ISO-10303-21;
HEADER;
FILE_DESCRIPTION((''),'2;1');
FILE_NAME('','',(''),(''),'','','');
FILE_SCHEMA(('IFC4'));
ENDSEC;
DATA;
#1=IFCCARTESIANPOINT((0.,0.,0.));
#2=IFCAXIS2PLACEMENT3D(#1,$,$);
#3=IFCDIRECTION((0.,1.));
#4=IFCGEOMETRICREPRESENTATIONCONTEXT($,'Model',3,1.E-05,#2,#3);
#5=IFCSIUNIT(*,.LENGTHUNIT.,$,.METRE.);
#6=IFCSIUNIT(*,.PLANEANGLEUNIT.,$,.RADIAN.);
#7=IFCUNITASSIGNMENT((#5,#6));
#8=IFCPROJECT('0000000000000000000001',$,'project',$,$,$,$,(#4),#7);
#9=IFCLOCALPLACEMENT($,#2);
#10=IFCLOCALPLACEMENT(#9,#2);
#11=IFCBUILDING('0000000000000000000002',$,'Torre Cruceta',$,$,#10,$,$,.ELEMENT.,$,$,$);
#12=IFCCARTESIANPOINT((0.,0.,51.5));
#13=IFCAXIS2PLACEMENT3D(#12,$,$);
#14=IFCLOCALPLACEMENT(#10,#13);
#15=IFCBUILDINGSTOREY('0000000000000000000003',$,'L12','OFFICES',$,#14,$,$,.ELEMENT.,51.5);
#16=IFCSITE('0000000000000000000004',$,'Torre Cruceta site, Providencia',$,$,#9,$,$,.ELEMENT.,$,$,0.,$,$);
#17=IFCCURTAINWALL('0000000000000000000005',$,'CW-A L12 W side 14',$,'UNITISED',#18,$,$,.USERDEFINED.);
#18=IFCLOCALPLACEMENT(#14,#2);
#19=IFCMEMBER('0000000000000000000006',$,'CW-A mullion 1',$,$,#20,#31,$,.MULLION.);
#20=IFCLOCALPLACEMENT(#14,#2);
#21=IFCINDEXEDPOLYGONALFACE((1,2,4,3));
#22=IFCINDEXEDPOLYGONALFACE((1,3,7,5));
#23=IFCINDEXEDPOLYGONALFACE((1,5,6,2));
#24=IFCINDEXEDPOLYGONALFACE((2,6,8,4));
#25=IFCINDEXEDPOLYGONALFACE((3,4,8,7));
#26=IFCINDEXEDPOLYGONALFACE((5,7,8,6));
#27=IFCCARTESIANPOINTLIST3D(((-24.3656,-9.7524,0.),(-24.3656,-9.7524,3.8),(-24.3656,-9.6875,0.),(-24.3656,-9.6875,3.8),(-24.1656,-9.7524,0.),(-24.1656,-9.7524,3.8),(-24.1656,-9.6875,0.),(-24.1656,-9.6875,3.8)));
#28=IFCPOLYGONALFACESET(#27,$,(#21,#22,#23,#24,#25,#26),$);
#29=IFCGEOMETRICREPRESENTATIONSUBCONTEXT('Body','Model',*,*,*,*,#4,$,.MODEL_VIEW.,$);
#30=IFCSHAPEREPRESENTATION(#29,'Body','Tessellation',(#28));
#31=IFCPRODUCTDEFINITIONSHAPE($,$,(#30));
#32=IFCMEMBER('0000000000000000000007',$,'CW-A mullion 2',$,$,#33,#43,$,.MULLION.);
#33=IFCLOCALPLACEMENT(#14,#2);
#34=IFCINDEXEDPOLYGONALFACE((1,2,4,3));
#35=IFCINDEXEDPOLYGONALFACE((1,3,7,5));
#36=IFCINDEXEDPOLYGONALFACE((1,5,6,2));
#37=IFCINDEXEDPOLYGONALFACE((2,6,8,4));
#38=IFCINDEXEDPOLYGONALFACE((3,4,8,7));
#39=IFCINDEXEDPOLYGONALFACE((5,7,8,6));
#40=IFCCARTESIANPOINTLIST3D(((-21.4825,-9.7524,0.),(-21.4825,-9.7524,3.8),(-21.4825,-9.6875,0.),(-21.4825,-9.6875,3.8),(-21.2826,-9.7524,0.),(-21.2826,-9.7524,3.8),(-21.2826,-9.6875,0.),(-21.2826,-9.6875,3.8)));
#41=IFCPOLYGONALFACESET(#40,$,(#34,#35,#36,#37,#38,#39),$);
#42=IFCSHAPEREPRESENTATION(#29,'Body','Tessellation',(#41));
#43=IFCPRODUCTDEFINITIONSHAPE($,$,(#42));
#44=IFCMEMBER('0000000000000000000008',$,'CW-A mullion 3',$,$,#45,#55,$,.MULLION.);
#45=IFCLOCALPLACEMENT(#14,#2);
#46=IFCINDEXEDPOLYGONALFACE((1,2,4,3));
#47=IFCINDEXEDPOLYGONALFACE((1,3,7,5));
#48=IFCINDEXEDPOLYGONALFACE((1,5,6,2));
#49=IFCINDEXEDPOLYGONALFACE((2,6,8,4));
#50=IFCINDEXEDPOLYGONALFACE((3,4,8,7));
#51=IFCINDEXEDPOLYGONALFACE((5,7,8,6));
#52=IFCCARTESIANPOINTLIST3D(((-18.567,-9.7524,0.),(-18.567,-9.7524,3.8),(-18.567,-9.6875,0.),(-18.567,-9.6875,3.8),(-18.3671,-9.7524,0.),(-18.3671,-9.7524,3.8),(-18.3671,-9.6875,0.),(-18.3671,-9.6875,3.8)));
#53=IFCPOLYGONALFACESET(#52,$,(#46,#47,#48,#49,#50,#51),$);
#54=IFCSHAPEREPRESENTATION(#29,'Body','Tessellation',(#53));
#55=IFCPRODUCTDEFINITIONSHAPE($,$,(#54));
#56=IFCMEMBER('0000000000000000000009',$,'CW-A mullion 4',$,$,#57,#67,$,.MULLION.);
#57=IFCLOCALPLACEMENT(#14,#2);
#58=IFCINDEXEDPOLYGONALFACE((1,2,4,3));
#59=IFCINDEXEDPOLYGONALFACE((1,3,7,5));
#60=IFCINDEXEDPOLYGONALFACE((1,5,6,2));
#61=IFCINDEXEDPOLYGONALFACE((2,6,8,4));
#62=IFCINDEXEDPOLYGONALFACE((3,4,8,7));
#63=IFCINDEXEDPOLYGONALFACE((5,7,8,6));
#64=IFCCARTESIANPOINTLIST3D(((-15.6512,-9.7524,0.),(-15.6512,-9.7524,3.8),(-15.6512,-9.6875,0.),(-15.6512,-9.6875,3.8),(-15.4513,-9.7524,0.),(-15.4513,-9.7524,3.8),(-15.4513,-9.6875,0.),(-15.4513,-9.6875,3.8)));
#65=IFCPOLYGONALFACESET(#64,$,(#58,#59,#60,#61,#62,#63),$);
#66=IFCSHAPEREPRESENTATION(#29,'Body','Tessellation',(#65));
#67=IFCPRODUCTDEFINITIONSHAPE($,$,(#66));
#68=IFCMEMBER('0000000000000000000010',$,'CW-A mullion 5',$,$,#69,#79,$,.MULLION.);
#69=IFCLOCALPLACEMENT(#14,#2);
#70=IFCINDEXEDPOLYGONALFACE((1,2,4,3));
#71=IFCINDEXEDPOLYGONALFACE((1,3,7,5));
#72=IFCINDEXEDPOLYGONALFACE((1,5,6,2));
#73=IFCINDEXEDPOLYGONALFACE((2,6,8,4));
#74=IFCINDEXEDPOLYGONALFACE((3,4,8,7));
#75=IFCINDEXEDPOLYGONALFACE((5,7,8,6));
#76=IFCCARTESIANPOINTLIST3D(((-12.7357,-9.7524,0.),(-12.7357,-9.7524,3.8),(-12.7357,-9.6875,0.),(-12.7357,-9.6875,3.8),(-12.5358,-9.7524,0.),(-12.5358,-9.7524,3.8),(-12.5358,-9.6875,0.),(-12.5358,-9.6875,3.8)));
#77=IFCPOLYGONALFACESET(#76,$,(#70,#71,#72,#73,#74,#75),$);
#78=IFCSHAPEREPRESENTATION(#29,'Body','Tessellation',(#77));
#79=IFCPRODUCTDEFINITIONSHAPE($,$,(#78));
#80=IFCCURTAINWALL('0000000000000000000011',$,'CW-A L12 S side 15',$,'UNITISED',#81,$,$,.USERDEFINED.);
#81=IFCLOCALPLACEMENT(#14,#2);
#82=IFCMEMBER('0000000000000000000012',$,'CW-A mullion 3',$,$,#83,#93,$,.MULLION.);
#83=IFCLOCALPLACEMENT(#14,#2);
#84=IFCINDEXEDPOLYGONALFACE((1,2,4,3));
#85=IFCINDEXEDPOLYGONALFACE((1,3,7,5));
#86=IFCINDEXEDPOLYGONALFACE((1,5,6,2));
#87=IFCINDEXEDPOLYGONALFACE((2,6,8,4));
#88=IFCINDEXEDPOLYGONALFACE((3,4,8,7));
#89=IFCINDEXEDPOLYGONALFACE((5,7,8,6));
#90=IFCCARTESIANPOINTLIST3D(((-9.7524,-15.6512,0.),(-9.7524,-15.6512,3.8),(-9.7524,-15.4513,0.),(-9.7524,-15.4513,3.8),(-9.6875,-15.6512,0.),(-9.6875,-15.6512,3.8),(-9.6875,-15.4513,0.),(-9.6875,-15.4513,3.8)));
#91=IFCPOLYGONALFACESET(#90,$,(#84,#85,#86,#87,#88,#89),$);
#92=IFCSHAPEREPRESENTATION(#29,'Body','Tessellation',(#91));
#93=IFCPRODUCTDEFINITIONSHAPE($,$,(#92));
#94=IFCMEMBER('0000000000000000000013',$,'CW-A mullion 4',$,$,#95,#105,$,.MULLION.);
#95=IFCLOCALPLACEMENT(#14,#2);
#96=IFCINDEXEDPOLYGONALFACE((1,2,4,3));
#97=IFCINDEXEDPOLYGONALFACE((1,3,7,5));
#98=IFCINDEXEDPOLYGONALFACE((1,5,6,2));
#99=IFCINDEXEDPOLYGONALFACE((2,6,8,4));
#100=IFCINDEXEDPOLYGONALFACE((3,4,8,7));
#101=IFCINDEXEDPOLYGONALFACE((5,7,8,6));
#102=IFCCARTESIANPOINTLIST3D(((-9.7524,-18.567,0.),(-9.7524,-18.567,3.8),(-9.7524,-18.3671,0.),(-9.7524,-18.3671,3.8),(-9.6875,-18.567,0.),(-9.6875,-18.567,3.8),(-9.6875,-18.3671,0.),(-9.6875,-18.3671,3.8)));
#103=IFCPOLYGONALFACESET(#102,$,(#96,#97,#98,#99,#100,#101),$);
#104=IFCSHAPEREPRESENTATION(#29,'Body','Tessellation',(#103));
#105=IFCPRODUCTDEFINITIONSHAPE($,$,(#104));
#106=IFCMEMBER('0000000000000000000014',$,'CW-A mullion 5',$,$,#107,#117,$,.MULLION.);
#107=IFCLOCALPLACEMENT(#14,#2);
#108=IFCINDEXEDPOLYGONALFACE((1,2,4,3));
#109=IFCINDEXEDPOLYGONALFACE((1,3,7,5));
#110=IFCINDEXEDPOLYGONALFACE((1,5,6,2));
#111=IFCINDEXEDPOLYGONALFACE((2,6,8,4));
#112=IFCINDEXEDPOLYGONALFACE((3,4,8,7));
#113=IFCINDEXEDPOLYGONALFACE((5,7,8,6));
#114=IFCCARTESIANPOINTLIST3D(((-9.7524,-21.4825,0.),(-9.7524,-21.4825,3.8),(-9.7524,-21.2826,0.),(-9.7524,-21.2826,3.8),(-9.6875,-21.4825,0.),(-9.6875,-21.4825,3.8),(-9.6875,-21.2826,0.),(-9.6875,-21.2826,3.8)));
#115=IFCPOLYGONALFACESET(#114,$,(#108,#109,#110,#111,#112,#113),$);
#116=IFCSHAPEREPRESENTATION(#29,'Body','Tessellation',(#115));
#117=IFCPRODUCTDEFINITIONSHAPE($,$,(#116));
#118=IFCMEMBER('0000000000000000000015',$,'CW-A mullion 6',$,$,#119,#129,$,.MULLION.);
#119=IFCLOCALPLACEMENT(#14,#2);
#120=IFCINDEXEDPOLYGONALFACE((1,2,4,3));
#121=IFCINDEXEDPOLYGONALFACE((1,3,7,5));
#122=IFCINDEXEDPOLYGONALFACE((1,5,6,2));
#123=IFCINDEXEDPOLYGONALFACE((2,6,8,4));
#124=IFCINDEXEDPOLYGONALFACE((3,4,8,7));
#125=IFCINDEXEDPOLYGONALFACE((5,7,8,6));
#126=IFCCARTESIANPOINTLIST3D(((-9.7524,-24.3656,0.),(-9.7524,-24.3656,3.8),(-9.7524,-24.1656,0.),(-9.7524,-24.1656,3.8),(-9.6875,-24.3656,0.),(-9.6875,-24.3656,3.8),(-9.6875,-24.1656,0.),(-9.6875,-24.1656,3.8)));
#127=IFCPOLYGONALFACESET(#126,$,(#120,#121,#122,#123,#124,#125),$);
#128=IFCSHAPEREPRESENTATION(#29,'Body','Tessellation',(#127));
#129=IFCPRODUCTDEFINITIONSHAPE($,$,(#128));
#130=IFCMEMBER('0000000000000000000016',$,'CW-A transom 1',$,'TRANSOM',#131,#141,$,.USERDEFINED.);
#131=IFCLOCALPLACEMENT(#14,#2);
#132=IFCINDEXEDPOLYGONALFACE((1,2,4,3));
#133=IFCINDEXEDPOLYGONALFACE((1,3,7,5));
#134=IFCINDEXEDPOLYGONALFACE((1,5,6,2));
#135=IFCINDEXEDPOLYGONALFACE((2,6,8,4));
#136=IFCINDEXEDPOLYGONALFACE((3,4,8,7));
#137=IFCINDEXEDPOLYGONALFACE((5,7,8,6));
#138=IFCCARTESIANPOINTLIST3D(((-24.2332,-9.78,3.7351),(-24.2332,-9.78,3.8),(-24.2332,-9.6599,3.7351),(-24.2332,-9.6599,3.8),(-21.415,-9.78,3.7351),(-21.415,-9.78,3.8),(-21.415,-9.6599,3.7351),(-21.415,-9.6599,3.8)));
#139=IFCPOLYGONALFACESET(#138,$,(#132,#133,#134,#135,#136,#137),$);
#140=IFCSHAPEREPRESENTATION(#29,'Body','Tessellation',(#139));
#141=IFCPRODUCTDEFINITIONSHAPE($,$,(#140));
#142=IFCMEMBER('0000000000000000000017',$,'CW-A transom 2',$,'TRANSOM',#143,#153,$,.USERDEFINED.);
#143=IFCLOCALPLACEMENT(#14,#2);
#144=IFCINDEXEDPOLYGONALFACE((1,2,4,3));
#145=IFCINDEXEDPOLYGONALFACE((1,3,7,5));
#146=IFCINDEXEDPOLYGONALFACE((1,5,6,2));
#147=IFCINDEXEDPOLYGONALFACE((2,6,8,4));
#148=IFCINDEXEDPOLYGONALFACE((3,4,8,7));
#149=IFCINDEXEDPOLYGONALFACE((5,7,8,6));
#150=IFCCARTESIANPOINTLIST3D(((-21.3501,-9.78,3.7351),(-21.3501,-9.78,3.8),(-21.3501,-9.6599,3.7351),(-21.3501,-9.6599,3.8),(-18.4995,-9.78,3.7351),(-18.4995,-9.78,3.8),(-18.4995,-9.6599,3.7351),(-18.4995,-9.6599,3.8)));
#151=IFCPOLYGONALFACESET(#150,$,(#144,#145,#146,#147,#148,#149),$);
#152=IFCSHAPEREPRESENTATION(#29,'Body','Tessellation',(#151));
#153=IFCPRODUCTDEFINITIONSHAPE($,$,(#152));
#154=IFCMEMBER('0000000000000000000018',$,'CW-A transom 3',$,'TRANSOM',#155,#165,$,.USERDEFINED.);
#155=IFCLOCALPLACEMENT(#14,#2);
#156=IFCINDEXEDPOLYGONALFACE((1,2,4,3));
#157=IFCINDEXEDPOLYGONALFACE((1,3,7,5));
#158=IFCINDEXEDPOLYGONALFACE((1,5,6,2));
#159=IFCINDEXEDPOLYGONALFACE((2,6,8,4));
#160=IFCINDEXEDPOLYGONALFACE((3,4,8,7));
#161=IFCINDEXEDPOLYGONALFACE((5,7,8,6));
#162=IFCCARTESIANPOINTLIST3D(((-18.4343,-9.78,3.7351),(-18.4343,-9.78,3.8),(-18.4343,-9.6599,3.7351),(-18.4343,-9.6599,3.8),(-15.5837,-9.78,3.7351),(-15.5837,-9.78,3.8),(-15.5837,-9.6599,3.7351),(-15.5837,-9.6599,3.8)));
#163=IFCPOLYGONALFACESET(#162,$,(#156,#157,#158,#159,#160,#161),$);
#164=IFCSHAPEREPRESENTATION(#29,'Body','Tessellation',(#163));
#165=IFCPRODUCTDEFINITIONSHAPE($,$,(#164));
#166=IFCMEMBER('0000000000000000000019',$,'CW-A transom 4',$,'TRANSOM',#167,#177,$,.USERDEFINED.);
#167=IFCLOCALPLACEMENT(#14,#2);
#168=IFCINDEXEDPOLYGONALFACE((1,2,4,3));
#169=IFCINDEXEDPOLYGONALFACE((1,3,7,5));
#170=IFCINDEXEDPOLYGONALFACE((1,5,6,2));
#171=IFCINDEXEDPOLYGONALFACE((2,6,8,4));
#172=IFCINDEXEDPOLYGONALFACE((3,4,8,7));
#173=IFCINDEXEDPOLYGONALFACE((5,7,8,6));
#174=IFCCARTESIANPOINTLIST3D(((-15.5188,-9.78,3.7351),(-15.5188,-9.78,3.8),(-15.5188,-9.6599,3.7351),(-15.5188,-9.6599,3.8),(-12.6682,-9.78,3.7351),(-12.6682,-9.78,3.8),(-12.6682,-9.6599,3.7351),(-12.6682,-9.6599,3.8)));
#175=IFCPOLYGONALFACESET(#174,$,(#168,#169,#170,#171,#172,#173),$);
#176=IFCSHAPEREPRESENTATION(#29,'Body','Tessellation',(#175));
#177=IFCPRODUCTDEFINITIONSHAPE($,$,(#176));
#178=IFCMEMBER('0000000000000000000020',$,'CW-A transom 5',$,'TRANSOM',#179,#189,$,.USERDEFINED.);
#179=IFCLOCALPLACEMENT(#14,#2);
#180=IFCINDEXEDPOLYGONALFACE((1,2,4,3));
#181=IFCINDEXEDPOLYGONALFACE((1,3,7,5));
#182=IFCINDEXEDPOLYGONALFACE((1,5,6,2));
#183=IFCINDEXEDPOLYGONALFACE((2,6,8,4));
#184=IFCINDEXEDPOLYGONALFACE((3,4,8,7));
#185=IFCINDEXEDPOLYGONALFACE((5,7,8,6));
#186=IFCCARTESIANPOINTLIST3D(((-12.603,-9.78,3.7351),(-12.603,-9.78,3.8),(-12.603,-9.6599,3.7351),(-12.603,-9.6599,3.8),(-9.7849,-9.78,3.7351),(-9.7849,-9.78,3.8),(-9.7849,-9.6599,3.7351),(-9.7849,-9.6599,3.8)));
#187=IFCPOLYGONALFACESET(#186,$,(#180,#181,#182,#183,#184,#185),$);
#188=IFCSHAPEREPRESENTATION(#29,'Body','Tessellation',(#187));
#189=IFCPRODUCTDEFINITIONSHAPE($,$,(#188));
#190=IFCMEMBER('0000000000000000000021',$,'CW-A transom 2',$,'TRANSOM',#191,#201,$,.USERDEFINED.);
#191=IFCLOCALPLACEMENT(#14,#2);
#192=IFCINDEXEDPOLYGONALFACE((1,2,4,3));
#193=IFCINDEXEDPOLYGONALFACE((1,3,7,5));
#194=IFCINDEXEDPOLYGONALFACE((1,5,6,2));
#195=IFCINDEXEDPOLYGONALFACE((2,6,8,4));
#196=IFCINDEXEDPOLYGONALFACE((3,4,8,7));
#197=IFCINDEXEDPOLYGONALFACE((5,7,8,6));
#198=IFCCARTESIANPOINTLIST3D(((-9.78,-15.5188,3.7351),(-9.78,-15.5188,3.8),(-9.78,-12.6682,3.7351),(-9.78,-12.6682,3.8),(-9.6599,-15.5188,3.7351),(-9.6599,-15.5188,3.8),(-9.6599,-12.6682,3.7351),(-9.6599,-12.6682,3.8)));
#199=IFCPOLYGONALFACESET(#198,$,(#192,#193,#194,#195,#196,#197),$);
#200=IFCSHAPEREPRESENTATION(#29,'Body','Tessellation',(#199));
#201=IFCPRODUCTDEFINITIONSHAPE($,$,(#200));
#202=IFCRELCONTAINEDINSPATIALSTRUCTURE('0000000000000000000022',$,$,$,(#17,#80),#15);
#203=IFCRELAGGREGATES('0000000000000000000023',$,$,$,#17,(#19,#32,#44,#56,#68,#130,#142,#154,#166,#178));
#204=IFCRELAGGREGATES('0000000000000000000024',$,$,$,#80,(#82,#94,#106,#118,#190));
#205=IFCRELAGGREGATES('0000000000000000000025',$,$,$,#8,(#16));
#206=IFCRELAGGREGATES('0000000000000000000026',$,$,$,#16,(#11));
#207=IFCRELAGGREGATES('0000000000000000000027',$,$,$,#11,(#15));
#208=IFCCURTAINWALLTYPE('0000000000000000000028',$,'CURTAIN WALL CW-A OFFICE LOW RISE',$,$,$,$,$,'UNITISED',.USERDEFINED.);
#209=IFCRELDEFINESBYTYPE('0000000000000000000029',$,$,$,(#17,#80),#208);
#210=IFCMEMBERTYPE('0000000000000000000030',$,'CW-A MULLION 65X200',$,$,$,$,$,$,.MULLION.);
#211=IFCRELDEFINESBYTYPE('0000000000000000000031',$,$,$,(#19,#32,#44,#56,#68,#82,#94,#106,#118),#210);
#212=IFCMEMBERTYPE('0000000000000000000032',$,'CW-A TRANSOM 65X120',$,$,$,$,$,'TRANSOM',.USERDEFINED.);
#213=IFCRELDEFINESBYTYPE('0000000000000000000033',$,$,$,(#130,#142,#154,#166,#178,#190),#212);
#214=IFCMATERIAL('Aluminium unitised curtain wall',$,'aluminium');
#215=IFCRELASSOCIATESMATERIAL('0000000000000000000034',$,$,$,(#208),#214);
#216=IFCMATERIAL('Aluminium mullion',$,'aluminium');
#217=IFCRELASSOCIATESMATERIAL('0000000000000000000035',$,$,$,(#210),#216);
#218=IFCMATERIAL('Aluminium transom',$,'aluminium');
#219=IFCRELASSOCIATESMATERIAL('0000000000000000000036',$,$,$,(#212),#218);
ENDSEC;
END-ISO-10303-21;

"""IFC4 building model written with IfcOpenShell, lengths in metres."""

from ifc_helpers import new_model, si_unit, direction, frame, origin, origin_2d, place, context, subcontext, project, spatial, rectangle, extrude, material, material_profile, profile_set, type_object, element, aggregate, save


model = new_model("IFC4")

# Units and contexts
model_context = context("Model", 3, precision=1e-05, world=origin(), true_north=direction((0.0, 1.0)))
body_context = subcontext(model_context, "Body", "Model", "MODEL_VIEW")
ifc_project = project(units=[si_unit("LENGTHUNIT", "METRE"), si_unit("PLANEANGLEUNIT", "RADIAN")], contexts=[model_context])

# Site, building, storey
site_placement = place(None, origin())
site = spatial("IfcSite", under=ifc_project, at=site_placement, Name="Torre Cruceta site, Providencia", CompositionType="ELEMENT", RefElevation=0.0)
building_placement = place(site_placement, origin())
building = spatial("IfcBuilding", under=site, at=building_placement, Name="Torre Cruceta", CompositionType="ELEMENT")
storey_placement = place(building_placement, frame((0.0, 0.0, 51.5)))
storey = spatial("IfcBuildingStorey", under=building, at=storey_placement, Name="L12", Description="OFFICES", CompositionType="ELEMENT", Elevation=51.5)

# Curtain walls, members
ifc_material_1 = material(Name="Aluminium unitised curtain wall", Category="aluminium")
curtain_wall_type = type_object("IfcCurtainWallType", Name="CURTAIN WALL CW-A OFFICE LOW RISE", ElementType="UNITISED", PredefinedType="USERDEFINED", material=ifc_material_1)
curtain_wall_1_placement = place(storey_placement, origin())
curtain_wall_1 = element("IfcCurtainWall", 1, at=curtain_wall_1_placement, inside=storey, type_object=curtain_wall_type, Name="CW-A L12 W side 14", ObjectType="UNITISED", PredefinedType="USERDEFINED")
ifc_material_2 = material(Name="Aluminium mullion", Category="aluminium")
ifc_material_profile_1 = material_profile(ifc_material_2, rectangle(XDim=0.0649, YDim=0.2, at=origin_2d()), Name="AL 65X200")
ifc_profile_set_1 = profile_set([ifc_material_profile_1], Name="Aluminium mullion")
member_type_1 = type_object("IfcMemberType", Name="CW-A MULLION 65X200", PredefinedType="MULLION", material=ifc_profile_set_1)
member_1_placement = place(storey_placement, frame((-24.2656, -9.72, 0.0), z_axis=(0.0, 0.0, 1.0), x_axis=(0.0, 1.0, 0.0)))
member_1 = element("IfcMember", 2, at=member_1_placement, type_object=member_type_1, Name="CW-A mullion 1", PredefinedType="MULLION", context=body_context, shape_type="SweptSolid", body=[
    extrude(rectangle(XDim=0.0649, YDim=0.2, at=origin_2d()), origin(), (0.0, 0.0, 1.0), 3.8),
])
member_2_placement = place(storey_placement, frame((-21.3826, -9.72, 0.0), z_axis=(0.0, 0.0, 1.0), x_axis=(0.0, 1.0, 0.0)))
member_2 = element("IfcMember", 3, at=member_2_placement, type_object=member_type_1, Name="CW-A mullion 2", PredefinedType="MULLION", context=body_context, shape_type="SweptSolid", body=[
    extrude(rectangle(XDim=0.0649, YDim=0.2, at=origin_2d()), origin(), (0.0, 0.0, 1.0), 3.8),
])
member_3_placement = place(storey_placement, frame((-18.467, -9.72, 0.0), z_axis=(0.0, 0.0, 1.0), x_axis=(0.0, 1.0, 0.0)))
member_3 = element("IfcMember", 4, at=member_3_placement, type_object=member_type_1, Name="CW-A mullion 3", PredefinedType="MULLION", context=body_context, shape_type="SweptSolid", body=[
    extrude(rectangle(XDim=0.0649, YDim=0.2, at=origin_2d()), origin(), (0.0, 0.0, 1.0), 3.8),
])
member_4_placement = place(storey_placement, frame((-15.5513, -9.72, 0.0), z_axis=(0.0, 0.0, 1.0), x_axis=(0.0, 1.0, 0.0)))
member_4 = element("IfcMember", 5, at=member_4_placement, type_object=member_type_1, Name="CW-A mullion 4", PredefinedType="MULLION", context=body_context, shape_type="SweptSolid", body=[
    extrude(rectangle(XDim=0.0649, YDim=0.2, at=origin_2d()), origin(), (0.0, 0.0, 1.0), 3.8),
])
member_5_placement = place(storey_placement, frame((-12.6357, -9.72, 0.0), z_axis=(0.0, 0.0, 1.0), x_axis=(0.0, 1.0, 0.0)))
member_5 = element("IfcMember", 6, at=member_5_placement, type_object=member_type_1, Name="CW-A mullion 5", PredefinedType="MULLION", context=body_context, shape_type="SweptSolid", body=[
    extrude(rectangle(XDim=0.0649, YDim=0.2, at=origin_2d()), origin(), (0.0, 0.0, 1.0), 3.8),
])
curtain_wall_2_placement = place(storey_placement, origin())
curtain_wall_2 = element("IfcCurtainWall", 7, at=curtain_wall_2_placement, inside=storey, type_object=curtain_wall_type, Name="CW-A L12 S side 15", ObjectType="UNITISED", PredefinedType="USERDEFINED")
member_6_placement = place(storey_placement, frame((-9.72, -15.5513, 0.0), z_axis=(0.0, 0.0, 1.0), x_axis=(1.0, 0.0, 0.0)))
member_6 = element("IfcMember", 8, at=member_6_placement, type_object=member_type_1, Name="CW-A mullion 3", PredefinedType="MULLION", context=body_context, shape_type="SweptSolid", body=[
    extrude(rectangle(XDim=0.0649, YDim=0.2, at=origin_2d()), origin(), (0.0, 0.0, 1.0), 3.8),
])
member_7_placement = place(storey_placement, frame((-9.72, -18.467, 0.0), z_axis=(0.0, 0.0, 1.0), x_axis=(1.0, 0.0, 0.0)))
member_7 = element("IfcMember", 9, at=member_7_placement, type_object=member_type_1, Name="CW-A mullion 4", PredefinedType="MULLION", context=body_context, shape_type="SweptSolid", body=[
    extrude(rectangle(XDim=0.0649, YDim=0.2, at=origin_2d()), origin(), (0.0, 0.0, 1.0), 3.8),
])
member_8_placement = place(storey_placement, frame((-9.72, -21.3826, 0.0), z_axis=(0.0, 0.0, 1.0), x_axis=(1.0, 0.0, 0.0)))
member_8 = element("IfcMember", 10, at=member_8_placement, type_object=member_type_1, Name="CW-A mullion 5", PredefinedType="MULLION", context=body_context, shape_type="SweptSolid", body=[
    extrude(rectangle(XDim=0.0649, YDim=0.2, at=origin_2d()), origin(), (0.0, 0.0, 1.0), 3.8),
])
member_9_placement = place(storey_placement, frame((-9.72, -24.2656, 0.0), z_axis=(0.0, 0.0, 1.0), x_axis=(1.0, 0.0, 0.0)))
member_9 = element("IfcMember", 11, at=member_9_placement, type_object=member_type_1, Name="CW-A mullion 6", PredefinedType="MULLION", context=body_context, shape_type="SweptSolid", body=[
    extrude(rectangle(XDim=0.0649, YDim=0.2, at=origin_2d()), origin(), (0.0, 0.0, 1.0), 3.8),
])

# Members
ifc_material_3 = material(Name="Aluminium transom", Category="aluminium")
ifc_material_profile_2 = material_profile(ifc_material_3, rectangle(XDim=0.1201, YDim=0.0649, at=origin_2d()), Name="AL 120X65")
ifc_profile_set_2 = profile_set([ifc_material_profile_2], Name="Aluminium transom")
member_type_2 = type_object("IfcMemberType", Name="CW-A TRANSOM 65X120", ElementType="TRANSOM", PredefinedType="USERDEFINED", material=ifc_profile_set_2)
member_10_placement = place(storey_placement, frame((-24.2332, -9.72, 3.7676), z_axis=(1.0, 0.0, 0.0), x_axis=(0.0, 1.0, 0.0)))
member_10 = element("IfcMember", 12, at=member_10_placement, type_object=member_type_2, Name="CW-A transom 1", ObjectType="TRANSOM", PredefinedType="USERDEFINED", context=body_context, shape_type="SweptSolid", body=[
    extrude(rectangle(XDim=0.1201, YDim=0.0649, at=origin_2d()), origin(), (0.0, 0.0, 1.0), 2.8181),
])
member_11_placement = place(storey_placement, frame((-21.3501, -9.72, 3.7676), z_axis=(1.0, 0.0, 0.0), x_axis=(0.0, 1.0, 0.0)))
member_11 = element("IfcMember", 13, at=member_11_placement, type_object=member_type_2, Name="CW-A transom 2", ObjectType="TRANSOM", PredefinedType="USERDEFINED", context=body_context, shape_type="SweptSolid", body=[
    extrude(rectangle(XDim=0.1201, YDim=0.0649, at=origin_2d()), origin(), (0.0, 0.0, 1.0), 2.8506),
])
member_12_placement = place(storey_placement, frame((-18.4343, -9.72, 3.7676), z_axis=(1.0, 0.0, 0.0), x_axis=(0.0, 1.0, 0.0)))
member_12 = element("IfcMember", 14, at=member_12_placement, type_object=member_type_2, Name="CW-A transom 3", ObjectType="TRANSOM", PredefinedType="USERDEFINED", context=body_context, shape_type="SweptSolid", body=[
    extrude(rectangle(XDim=0.1201, YDim=0.0649, at=origin_2d()), origin(), (0.0, 0.0, 1.0), 2.8506),
])
member_13_placement = place(storey_placement, frame((-15.5188, -9.72, 3.7676), z_axis=(1.0, 0.0, 0.0), x_axis=(0.0, 1.0, 0.0)))
member_13 = element("IfcMember", 15, at=member_13_placement, type_object=member_type_2, Name="CW-A transom 4", ObjectType="TRANSOM", PredefinedType="USERDEFINED", context=body_context, shape_type="SweptSolid", body=[
    extrude(rectangle(XDim=0.1201, YDim=0.0649, at=origin_2d()), origin(), (0.0, 0.0, 1.0), 2.8506),
])
member_14_placement = place(storey_placement, frame((-12.603, -9.72, 3.7676), z_axis=(1.0, 0.0, 0.0), x_axis=(0.0, 1.0, 0.0)))
member_14 = element("IfcMember", 16, at=member_14_placement, type_object=member_type_2, Name="CW-A transom 5", ObjectType="TRANSOM", PredefinedType="USERDEFINED", context=body_context, shape_type="SweptSolid", body=[
    extrude(rectangle(XDim=0.1201, YDim=0.0649, at=origin_2d()), origin(), (0.0, 0.0, 1.0), 2.8181),
])
member_15_placement = place(storey_placement, frame((-9.72, -12.6682, 3.7676), z_axis=(0.0, -1.0, 0.0), x_axis=(1.0, 0.0, 0.0)))
member_15 = element("IfcMember", 17, at=member_15_placement, type_object=member_type_2, Name="CW-A transom 2", ObjectType="TRANSOM", PredefinedType="USERDEFINED", context=body_context, shape_type="SweptSolid", body=[
    extrude(rectangle(XDim=0.1201, YDim=0.0649, at=origin_2d()), origin(), (0.0, 0.0, 1.0), 2.8506),
])

aggregate(curtain_wall_1, [member_1, member_2, member_3, member_4, member_5, member_10, member_11, member_12, member_13, member_14])
aggregate(curtain_wall_2, [member_6, member_7, member_8, member_9, member_15])

save(model, "model.ifc")
